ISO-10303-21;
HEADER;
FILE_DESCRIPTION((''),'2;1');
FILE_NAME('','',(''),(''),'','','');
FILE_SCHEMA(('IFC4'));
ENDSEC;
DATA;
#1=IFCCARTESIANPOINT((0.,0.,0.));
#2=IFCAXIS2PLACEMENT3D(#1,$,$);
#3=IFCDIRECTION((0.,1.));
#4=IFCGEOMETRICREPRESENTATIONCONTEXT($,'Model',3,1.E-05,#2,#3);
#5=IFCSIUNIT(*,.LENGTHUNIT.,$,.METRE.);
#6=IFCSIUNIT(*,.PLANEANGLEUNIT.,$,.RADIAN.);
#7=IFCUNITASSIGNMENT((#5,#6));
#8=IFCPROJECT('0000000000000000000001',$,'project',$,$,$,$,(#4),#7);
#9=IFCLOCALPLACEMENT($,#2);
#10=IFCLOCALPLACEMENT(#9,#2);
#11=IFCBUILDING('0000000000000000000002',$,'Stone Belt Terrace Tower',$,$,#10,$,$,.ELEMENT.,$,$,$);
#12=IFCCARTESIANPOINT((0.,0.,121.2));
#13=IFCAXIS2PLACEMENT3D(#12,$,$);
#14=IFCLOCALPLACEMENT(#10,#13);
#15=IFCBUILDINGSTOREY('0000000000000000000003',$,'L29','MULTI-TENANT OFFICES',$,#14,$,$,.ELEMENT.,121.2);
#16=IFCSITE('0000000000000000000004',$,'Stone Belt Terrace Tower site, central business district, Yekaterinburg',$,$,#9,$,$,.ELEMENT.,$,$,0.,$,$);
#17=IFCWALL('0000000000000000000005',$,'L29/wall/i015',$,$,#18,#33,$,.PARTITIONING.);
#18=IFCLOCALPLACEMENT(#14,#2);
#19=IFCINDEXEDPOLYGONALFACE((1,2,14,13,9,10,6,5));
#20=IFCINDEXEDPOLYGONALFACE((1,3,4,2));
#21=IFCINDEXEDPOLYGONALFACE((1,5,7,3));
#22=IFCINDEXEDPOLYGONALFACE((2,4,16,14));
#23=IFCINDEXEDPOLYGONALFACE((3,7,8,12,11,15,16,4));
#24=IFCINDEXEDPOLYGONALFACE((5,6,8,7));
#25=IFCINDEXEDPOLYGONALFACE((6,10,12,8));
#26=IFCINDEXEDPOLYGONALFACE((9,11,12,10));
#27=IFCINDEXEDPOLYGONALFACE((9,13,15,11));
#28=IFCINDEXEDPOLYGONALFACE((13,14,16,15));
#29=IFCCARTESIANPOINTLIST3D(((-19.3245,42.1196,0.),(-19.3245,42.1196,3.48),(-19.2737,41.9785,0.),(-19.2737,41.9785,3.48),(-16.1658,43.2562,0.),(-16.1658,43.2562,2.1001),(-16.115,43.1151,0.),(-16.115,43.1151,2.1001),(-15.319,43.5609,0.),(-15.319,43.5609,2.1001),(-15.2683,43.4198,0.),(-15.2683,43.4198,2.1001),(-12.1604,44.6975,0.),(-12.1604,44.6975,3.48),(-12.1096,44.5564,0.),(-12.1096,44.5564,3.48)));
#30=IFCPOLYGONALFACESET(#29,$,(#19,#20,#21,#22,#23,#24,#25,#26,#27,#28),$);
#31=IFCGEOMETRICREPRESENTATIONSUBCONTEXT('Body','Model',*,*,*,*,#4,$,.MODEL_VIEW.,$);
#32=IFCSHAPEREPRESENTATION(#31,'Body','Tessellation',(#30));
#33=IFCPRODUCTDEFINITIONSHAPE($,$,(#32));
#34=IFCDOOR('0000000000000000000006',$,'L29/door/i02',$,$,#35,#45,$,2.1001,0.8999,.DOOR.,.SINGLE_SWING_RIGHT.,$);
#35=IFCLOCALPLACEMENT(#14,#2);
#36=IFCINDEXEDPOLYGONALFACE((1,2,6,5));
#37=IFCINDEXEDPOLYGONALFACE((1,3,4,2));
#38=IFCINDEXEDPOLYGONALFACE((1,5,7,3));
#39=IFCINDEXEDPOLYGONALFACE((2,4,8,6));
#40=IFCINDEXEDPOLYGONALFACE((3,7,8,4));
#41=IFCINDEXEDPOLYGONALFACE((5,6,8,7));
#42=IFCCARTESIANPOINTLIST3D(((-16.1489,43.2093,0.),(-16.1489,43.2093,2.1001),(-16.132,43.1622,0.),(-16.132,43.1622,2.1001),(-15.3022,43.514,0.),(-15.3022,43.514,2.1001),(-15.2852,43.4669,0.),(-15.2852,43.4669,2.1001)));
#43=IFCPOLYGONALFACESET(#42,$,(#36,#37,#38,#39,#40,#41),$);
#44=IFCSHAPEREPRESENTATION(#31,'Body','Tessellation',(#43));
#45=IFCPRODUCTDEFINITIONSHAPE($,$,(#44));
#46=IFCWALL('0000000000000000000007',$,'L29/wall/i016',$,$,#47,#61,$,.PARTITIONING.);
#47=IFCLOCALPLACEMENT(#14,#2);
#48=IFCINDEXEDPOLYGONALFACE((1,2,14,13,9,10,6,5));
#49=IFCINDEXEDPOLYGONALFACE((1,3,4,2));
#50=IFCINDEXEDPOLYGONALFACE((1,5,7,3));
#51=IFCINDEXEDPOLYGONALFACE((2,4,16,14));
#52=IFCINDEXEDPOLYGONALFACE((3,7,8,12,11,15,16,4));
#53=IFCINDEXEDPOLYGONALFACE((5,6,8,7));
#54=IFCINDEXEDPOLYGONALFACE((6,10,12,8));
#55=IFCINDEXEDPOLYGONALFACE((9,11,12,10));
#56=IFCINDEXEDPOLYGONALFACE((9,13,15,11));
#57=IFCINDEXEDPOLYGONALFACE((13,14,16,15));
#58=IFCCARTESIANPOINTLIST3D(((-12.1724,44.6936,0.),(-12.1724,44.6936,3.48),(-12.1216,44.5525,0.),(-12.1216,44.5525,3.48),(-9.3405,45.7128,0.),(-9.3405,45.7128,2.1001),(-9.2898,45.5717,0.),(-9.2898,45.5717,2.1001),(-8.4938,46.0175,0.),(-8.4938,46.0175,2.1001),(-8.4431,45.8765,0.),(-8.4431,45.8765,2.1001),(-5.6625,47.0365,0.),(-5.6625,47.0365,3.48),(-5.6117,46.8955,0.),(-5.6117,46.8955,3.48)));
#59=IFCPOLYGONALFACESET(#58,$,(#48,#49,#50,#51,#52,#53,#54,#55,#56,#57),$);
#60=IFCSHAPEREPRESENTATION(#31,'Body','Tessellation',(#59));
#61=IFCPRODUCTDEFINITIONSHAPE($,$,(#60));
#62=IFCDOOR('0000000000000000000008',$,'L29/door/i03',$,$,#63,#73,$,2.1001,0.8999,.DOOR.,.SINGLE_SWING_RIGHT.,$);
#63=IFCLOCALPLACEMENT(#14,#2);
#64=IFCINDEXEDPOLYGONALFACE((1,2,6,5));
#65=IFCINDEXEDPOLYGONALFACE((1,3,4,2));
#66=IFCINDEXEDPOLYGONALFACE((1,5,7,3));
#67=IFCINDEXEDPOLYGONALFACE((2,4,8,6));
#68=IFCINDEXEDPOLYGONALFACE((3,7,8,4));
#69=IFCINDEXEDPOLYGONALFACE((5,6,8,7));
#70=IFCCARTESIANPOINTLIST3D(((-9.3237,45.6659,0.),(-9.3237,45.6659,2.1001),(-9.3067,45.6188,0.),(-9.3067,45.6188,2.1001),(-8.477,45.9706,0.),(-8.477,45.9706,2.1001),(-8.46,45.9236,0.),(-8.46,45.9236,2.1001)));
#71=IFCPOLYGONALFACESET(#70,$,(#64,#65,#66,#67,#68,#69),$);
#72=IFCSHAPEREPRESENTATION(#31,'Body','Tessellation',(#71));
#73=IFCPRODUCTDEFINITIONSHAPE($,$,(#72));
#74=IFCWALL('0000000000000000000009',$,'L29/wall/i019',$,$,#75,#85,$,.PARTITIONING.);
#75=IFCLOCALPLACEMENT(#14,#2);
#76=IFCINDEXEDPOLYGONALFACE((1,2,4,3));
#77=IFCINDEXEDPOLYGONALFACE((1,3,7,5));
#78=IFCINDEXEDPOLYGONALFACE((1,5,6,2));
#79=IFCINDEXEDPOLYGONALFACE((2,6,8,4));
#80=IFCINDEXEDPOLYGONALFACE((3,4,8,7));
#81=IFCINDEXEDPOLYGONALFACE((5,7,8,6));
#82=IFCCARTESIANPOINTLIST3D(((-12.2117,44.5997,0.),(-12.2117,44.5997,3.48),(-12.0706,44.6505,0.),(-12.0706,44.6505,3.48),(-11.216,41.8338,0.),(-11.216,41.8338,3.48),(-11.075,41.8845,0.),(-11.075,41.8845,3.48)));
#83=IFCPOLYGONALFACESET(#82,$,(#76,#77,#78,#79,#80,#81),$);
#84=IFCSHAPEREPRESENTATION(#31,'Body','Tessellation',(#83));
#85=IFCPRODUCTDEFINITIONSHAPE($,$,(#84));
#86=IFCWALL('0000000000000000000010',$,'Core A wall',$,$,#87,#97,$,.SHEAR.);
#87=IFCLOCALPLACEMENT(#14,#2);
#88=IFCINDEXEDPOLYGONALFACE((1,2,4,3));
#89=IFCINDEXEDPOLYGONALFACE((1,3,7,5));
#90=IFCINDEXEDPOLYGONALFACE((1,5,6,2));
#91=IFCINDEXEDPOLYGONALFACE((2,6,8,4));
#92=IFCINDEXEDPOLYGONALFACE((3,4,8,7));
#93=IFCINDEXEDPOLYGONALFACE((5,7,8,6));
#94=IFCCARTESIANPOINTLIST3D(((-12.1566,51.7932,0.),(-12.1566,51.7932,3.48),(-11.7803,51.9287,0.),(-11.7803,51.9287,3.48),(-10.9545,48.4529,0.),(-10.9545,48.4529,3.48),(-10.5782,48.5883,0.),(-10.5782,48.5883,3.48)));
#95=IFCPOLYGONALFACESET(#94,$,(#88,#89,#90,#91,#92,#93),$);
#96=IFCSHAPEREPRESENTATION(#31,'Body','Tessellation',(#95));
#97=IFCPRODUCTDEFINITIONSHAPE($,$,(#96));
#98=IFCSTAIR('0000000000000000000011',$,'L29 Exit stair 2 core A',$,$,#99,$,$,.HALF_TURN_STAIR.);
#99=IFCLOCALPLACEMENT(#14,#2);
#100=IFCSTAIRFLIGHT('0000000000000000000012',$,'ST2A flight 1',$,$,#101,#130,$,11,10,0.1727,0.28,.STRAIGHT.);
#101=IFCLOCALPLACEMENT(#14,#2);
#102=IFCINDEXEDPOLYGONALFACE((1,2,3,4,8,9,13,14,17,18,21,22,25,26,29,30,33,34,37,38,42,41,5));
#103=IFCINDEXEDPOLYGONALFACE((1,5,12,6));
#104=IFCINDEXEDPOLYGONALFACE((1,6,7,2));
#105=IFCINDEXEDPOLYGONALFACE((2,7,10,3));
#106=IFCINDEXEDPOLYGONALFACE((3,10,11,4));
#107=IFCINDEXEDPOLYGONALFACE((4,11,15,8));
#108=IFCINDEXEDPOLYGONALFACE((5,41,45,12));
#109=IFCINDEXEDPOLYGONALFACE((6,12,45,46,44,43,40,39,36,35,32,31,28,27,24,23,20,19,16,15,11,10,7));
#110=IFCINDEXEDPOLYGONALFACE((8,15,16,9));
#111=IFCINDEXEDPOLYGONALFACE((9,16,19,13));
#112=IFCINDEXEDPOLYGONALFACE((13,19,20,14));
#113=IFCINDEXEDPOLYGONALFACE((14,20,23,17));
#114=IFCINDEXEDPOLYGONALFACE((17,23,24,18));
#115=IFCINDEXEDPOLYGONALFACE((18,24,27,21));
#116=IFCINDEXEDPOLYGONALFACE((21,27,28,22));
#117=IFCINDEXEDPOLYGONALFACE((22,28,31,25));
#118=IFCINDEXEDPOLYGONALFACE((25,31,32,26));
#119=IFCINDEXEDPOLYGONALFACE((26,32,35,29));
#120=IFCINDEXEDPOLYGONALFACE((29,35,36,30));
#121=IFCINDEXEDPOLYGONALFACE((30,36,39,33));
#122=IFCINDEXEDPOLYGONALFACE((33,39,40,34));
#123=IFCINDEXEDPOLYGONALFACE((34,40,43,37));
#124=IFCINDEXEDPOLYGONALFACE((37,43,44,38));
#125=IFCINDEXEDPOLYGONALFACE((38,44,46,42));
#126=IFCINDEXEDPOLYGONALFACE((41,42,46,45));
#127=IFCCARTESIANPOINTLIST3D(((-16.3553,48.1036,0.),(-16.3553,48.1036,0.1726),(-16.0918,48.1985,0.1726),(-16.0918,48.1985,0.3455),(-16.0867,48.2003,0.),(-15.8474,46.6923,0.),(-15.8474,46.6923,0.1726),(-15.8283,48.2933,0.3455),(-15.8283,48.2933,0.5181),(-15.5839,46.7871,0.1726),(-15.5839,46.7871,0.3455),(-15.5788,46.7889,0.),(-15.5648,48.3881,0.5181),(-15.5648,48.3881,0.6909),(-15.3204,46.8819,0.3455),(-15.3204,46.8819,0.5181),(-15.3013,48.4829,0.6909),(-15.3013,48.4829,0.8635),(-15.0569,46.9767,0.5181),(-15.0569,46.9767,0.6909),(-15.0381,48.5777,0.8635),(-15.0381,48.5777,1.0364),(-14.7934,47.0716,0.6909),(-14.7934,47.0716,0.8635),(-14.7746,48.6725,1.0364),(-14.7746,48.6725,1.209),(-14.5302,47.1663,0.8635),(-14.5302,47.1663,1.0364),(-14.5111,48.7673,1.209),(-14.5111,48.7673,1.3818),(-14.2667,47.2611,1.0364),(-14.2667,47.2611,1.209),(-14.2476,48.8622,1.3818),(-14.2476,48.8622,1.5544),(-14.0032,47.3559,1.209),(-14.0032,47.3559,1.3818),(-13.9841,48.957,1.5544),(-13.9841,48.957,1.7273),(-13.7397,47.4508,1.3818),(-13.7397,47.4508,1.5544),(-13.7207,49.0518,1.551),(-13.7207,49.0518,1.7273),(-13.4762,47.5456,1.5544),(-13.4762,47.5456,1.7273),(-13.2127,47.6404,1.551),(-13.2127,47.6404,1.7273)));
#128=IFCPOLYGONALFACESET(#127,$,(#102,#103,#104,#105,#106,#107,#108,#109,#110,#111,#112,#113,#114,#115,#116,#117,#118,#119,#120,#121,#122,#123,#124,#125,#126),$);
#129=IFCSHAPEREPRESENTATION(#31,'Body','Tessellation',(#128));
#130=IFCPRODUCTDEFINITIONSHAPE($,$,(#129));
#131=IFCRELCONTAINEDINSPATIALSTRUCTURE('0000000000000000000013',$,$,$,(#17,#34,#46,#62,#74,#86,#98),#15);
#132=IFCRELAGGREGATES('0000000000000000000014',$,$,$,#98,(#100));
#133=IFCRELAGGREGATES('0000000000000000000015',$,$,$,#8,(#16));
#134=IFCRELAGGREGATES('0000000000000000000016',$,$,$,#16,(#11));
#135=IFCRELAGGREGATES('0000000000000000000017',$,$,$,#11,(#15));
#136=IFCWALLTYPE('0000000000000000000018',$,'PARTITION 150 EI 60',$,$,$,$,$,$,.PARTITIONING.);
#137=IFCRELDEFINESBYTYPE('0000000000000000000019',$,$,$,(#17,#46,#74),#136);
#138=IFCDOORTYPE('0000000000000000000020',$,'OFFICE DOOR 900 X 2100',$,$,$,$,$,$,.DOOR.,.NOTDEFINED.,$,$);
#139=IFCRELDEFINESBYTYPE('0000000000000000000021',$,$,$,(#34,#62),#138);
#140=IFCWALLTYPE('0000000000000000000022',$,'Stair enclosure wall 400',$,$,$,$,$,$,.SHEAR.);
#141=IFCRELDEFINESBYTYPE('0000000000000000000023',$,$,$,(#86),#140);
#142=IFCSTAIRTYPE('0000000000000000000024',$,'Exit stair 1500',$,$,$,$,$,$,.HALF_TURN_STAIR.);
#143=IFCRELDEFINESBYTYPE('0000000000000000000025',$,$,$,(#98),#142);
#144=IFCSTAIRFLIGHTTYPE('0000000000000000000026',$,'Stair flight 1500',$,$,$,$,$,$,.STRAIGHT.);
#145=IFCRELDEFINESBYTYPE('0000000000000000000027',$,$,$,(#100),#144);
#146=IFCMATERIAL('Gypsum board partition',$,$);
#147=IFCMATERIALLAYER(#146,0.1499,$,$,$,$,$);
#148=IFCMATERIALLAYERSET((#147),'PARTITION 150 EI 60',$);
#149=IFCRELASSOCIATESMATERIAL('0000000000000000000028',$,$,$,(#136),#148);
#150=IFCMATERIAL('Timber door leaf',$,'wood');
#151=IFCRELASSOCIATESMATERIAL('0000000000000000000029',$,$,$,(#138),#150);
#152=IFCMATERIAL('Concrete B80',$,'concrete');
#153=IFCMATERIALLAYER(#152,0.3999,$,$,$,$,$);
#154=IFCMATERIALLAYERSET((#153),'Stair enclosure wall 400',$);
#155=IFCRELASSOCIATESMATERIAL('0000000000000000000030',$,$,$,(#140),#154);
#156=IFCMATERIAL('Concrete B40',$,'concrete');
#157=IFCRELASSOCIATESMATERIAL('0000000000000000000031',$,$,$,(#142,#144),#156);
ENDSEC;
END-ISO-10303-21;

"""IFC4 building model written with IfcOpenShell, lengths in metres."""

from ifc_helpers import new_model, si_unit, direction, frame, frame_2d, origin, place, context, subcontext, project, spatial, polyline, rectangle, outline, extrude, material, layer, layer_set, type_object, element, fill, aggregate, save


model = new_model("IFC4")

# Units and contexts
model_context = context("Model", 3, precision=1e-05, world=origin(), true_north=direction((0.0, 1.0)))
body_context = subcontext(model_context, "Body", "Model", "MODEL_VIEW")
ifc_project = project(units=[si_unit("LENGTHUNIT", "METRE"), si_unit("PLANEANGLEUNIT", "RADIAN")], contexts=[model_context])

# Site, building, storey
site_placement = place(None, origin())
site = spatial("IfcSite", under=ifc_project, at=site_placement, Name="Stone Belt Terrace Tower site, central business district, Yekaterinburg", CompositionType="ELEMENT", RefElevation=0.0)
building_placement = place(site_placement, origin())
building = spatial("IfcBuilding", under=site, at=building_placement, Name="Stone Belt Terrace Tower", CompositionType="ELEMENT")
storey_placement = place(building_placement, frame((0.0, 0.0, 121.2)))
storey = spatial("IfcBuildingStorey", under=building, at=storey_placement, Name="L29", Description="MULTI-TENANT OFFICES", CompositionType="ELEMENT", Elevation=121.2)

# Shared definitions
ifc_material_1 = material(Name="Concrete B80", Category="concrete")

# Shared definitions
ifc_material_2 = material(Name="Timber door leaf", Category="wood")

# Shared definitions
ifc_material_3 = material(Name="Gypsum board partition")
ifc_layer_1 = layer(ifc_material_3, 0.1499)
ifc_layer_set_1 = layer_set([ifc_layer_1], Name="PARTITION 150 EI 60")
wall_type_1 = type_object("IfcWallType", Name="PARTITION 150 EI 60", PredefinedType="PARTITIONING", material=ifc_layer_set_1)

# Walls, openings, doors
wall_1_placement = place(storey_placement, frame((-12.135, 44.627, 0.0), z_axis=(0.0, 0.0, 1.0), x_axis=(-0.940937, -0.338582, 0.0)))
wall_1 = element("IfcWall", 1, at=wall_1_placement, inside=storey, type_object=wall_type_1, Name="L29/wall/i015", PredefinedType="PARTITIONING", context=body_context, shape_type="SweptSolid", body=[
    extrude(rectangle(XDim=7.6138, YDim=0.1499, at=frame_2d((3.8069, 0.0))), origin(), (0.0, 0.0, 1.0), 3.48),
])
opening_1_placement = place(wall_1_placement, frame((3.3569, 0.0, 0.0)))
opening_1 = element("IfcOpeningElement", 2, at=opening_1_placement, cuts=wall_1, PredefinedType="OPENING", context=body_context, shape_type="SweptSolid", body=[
    extrude(rectangle(XDim=0.8999, YDim=2.1001, at=frame_2d((0.45, 1.05))), frame((0.0, 0.085, 0.0), z_axis=(0.0, -1.0, 0.0), x_axis=(1.0, 0.0, 0.0)), (0.0, 0.0, 1.0), 0.1699),
])
door_type_1 = type_object("IfcDoorType", Name="OFFICE DOOR 900 X 2100", OperationType="NOTDEFINED", PredefinedType="DOOR", material=ifc_material_2)
door_1_placement = place(opening_1_placement, origin())
door_1 = element("IfcDoor", 3, at=door_1_placement, inside=storey, type_object=door_type_1, Name="L29/door/i02", OperationType="SINGLE_SWING_RIGHT", OverallHeight=2.1001, OverallWidth=0.8999, PredefinedType="DOOR", context=body_context, shape_type="SweptSolid", body=[
    extrude(rectangle(XDim=0.8999, YDim=2.1001, at=frame_2d((0.45, 1.05))), frame((0.0, 0.0249, 0.0), z_axis=(0.0, -1.0, 0.0), x_axis=(1.0, 0.0, 0.0)), (0.0, 0.0, 1.0), 0.05),
])
fill(opening_1, door_1)
wall_2_placement = place(storey_placement, frame((-5.637, 46.9661, 0.0), z_axis=(0.0, 0.0, 1.0), x_axis=(-0.940914, -0.338644, 0.0)))
wall_2 = element("IfcWall", 4, at=wall_2_placement, inside=storey, type_object=wall_type_1, Name="L29/wall/i016", PredefinedType="PARTITIONING", context=body_context, shape_type="SweptSolid", body=[
    extrude(rectangle(XDim=6.9187, YDim=0.1499, at=frame_2d((3.4595, 0.0))), origin(), (0.0, 0.0, 1.0), 3.48),
])
opening_2_placement = place(wall_2_placement, frame((3.0093, 0.0, 0.0)))
opening_2 = element("IfcOpeningElement", 5, at=opening_2_placement, cuts=wall_2, PredefinedType="OPENING", context=body_context, shape_type="SweptSolid", body=[
    extrude(rectangle(XDim=0.8999, YDim=2.1001, at=frame_2d((0.45, 1.05))), frame((0.0, 0.085, 0.0), z_axis=(0.0, -1.0, 0.0), x_axis=(1.0, 0.0, 0.0)), (0.0, 0.0, 1.0), 0.1699),
])
door_2_placement = place(opening_2_placement, origin())
door_2 = element("IfcDoor", 6, at=door_2_placement, inside=storey, type_object=door_type_1, Name="L29/door/i03", OperationType="SINGLE_SWING_RIGHT", OverallHeight=2.1001, OverallWidth=0.8999, PredefinedType="DOOR", context=body_context, shape_type="SweptSolid", body=[
    extrude(rectangle(XDim=0.8999, YDim=2.1001, at=frame_2d((0.45, 1.05))), frame((0.0, 0.0249, 0.0), z_axis=(0.0, -1.0, 0.0), x_axis=(1.0, 0.0, 0.0)), (0.0, 0.0, 1.0), 0.05),
])
fill(opening_2, door_2)

# Walls
wall_3_placement = place(storey_placement, frame((-12.1411, 44.625, 0.0), z_axis=(0.0, 0.0, 1.0), x_axis=(0.338687, -0.940899, 0.0)))
element("IfcWall", 7, at=wall_3_placement, inside=storey, type_object=wall_type_1, Name="L29/wall/i019", PredefinedType="PARTITIONING", context=body_context, shape_type="SweptSolid", body=[
    extrude(rectangle(XDim=2.9397, YDim=0.1499, at=frame_2d((1.4697, 0.0))), origin(), (0.0, 0.0, 1.0), 3.48),
])
ifc_layer_2 = layer(ifc_material_1, 0.3999)
ifc_layer_set_2 = layer_set([ifc_layer_2], Name="Stair enclosure wall 400")
wall_type_2 = type_object("IfcWallType", Name="Stair enclosure wall 400", PredefinedType="SHEAR", material=ifc_layer_set_2)
wall_4_placement = place(storey_placement, frame((-10.7664, 48.5208, 0.0), z_axis=(0.0, 0.0, 1.0), x_axis=(-0.338627, 0.940921, 0.0)))
element("IfcWall", 8, at=wall_4_placement, inside=storey, type_object=wall_type_2, Name="Core A wall", PredefinedType="SHEAR", context=body_context, shape_type="SweptSolid", body=[
    extrude(rectangle(XDim=3.55, YDim=0.3999, at=frame_2d((1.7749, 0.0))), origin(), (0.0, 0.0, 1.0), 3.48),
])

# Stair, stair flight
ifc_material_4 = material(Name="Concrete B40", Category="concrete")
stair_type = type_object("IfcStairType", Name="Exit stair 1500", PredefinedType="HALF_TURN_STAIR", material=ifc_material_4)
stair_placement = place(storey_placement, origin())
stair = element("IfcStair", 9, at=stair_placement, inside=storey, type_object=stair_type, Name="L29 Exit stair 2 core A", PredefinedType="HALF_TURN_STAIR")
stair_flight_type = type_object("IfcStairFlightType", Name="Stair flight 1500", PredefinedType="STRAIGHT", material=ifc_material_4)
stair_flight_placement = place(storey_placement, frame((-16.1013, 47.3979, 0.0), z_axis=(0.0, 0.0, 1.0), x_axis=(0.940922, 0.338624, 0.0)))
stair_flight = element("IfcStairFlight", 10, at=stair_flight_placement, type_object=stair_flight_type, Name="ST2A flight 1", NumberOfRisers=11, NumberOfTreads=10, PredefinedType="STRAIGHT", RiserHeight=0.1727, TreadLength=0.28, context=body_context, shape_type="SweptSolid", body=[
    extrude(outline(polyline([(0.0, 0.0), (0.0, 0.1726), (0.28, 0.1726), (0.28, 0.3455), (0.5601, 0.3455), (0.5601, 0.5181), (0.8401, 0.5181), (0.8401, 0.6909), (1.1201, 0.6909), (1.1201, 0.8635), (1.3999, 0.8635), (1.3999, 1.0364), (1.6799, 1.0364), (1.6799, 1.209), (1.96, 1.209), (1.96, 1.3818), (2.24, 1.3818), (2.24, 1.5544), (2.52, 1.5544), (2.52, 1.7273), (2.8, 1.7273), (2.8, 1.8999), (2.8, 1.551), (0.2854, 0.0), (0.0, 0.0)])), frame((0.0, 0.75, 0.0), z_axis=(0.0, -1.0, 0.0), x_axis=(1.0, 0.0, 0.0)), (0.0, 0.0, 1.0), 1.5),
])
aggregate(stair, [stair_flight])

save(model, "model.ifc")
